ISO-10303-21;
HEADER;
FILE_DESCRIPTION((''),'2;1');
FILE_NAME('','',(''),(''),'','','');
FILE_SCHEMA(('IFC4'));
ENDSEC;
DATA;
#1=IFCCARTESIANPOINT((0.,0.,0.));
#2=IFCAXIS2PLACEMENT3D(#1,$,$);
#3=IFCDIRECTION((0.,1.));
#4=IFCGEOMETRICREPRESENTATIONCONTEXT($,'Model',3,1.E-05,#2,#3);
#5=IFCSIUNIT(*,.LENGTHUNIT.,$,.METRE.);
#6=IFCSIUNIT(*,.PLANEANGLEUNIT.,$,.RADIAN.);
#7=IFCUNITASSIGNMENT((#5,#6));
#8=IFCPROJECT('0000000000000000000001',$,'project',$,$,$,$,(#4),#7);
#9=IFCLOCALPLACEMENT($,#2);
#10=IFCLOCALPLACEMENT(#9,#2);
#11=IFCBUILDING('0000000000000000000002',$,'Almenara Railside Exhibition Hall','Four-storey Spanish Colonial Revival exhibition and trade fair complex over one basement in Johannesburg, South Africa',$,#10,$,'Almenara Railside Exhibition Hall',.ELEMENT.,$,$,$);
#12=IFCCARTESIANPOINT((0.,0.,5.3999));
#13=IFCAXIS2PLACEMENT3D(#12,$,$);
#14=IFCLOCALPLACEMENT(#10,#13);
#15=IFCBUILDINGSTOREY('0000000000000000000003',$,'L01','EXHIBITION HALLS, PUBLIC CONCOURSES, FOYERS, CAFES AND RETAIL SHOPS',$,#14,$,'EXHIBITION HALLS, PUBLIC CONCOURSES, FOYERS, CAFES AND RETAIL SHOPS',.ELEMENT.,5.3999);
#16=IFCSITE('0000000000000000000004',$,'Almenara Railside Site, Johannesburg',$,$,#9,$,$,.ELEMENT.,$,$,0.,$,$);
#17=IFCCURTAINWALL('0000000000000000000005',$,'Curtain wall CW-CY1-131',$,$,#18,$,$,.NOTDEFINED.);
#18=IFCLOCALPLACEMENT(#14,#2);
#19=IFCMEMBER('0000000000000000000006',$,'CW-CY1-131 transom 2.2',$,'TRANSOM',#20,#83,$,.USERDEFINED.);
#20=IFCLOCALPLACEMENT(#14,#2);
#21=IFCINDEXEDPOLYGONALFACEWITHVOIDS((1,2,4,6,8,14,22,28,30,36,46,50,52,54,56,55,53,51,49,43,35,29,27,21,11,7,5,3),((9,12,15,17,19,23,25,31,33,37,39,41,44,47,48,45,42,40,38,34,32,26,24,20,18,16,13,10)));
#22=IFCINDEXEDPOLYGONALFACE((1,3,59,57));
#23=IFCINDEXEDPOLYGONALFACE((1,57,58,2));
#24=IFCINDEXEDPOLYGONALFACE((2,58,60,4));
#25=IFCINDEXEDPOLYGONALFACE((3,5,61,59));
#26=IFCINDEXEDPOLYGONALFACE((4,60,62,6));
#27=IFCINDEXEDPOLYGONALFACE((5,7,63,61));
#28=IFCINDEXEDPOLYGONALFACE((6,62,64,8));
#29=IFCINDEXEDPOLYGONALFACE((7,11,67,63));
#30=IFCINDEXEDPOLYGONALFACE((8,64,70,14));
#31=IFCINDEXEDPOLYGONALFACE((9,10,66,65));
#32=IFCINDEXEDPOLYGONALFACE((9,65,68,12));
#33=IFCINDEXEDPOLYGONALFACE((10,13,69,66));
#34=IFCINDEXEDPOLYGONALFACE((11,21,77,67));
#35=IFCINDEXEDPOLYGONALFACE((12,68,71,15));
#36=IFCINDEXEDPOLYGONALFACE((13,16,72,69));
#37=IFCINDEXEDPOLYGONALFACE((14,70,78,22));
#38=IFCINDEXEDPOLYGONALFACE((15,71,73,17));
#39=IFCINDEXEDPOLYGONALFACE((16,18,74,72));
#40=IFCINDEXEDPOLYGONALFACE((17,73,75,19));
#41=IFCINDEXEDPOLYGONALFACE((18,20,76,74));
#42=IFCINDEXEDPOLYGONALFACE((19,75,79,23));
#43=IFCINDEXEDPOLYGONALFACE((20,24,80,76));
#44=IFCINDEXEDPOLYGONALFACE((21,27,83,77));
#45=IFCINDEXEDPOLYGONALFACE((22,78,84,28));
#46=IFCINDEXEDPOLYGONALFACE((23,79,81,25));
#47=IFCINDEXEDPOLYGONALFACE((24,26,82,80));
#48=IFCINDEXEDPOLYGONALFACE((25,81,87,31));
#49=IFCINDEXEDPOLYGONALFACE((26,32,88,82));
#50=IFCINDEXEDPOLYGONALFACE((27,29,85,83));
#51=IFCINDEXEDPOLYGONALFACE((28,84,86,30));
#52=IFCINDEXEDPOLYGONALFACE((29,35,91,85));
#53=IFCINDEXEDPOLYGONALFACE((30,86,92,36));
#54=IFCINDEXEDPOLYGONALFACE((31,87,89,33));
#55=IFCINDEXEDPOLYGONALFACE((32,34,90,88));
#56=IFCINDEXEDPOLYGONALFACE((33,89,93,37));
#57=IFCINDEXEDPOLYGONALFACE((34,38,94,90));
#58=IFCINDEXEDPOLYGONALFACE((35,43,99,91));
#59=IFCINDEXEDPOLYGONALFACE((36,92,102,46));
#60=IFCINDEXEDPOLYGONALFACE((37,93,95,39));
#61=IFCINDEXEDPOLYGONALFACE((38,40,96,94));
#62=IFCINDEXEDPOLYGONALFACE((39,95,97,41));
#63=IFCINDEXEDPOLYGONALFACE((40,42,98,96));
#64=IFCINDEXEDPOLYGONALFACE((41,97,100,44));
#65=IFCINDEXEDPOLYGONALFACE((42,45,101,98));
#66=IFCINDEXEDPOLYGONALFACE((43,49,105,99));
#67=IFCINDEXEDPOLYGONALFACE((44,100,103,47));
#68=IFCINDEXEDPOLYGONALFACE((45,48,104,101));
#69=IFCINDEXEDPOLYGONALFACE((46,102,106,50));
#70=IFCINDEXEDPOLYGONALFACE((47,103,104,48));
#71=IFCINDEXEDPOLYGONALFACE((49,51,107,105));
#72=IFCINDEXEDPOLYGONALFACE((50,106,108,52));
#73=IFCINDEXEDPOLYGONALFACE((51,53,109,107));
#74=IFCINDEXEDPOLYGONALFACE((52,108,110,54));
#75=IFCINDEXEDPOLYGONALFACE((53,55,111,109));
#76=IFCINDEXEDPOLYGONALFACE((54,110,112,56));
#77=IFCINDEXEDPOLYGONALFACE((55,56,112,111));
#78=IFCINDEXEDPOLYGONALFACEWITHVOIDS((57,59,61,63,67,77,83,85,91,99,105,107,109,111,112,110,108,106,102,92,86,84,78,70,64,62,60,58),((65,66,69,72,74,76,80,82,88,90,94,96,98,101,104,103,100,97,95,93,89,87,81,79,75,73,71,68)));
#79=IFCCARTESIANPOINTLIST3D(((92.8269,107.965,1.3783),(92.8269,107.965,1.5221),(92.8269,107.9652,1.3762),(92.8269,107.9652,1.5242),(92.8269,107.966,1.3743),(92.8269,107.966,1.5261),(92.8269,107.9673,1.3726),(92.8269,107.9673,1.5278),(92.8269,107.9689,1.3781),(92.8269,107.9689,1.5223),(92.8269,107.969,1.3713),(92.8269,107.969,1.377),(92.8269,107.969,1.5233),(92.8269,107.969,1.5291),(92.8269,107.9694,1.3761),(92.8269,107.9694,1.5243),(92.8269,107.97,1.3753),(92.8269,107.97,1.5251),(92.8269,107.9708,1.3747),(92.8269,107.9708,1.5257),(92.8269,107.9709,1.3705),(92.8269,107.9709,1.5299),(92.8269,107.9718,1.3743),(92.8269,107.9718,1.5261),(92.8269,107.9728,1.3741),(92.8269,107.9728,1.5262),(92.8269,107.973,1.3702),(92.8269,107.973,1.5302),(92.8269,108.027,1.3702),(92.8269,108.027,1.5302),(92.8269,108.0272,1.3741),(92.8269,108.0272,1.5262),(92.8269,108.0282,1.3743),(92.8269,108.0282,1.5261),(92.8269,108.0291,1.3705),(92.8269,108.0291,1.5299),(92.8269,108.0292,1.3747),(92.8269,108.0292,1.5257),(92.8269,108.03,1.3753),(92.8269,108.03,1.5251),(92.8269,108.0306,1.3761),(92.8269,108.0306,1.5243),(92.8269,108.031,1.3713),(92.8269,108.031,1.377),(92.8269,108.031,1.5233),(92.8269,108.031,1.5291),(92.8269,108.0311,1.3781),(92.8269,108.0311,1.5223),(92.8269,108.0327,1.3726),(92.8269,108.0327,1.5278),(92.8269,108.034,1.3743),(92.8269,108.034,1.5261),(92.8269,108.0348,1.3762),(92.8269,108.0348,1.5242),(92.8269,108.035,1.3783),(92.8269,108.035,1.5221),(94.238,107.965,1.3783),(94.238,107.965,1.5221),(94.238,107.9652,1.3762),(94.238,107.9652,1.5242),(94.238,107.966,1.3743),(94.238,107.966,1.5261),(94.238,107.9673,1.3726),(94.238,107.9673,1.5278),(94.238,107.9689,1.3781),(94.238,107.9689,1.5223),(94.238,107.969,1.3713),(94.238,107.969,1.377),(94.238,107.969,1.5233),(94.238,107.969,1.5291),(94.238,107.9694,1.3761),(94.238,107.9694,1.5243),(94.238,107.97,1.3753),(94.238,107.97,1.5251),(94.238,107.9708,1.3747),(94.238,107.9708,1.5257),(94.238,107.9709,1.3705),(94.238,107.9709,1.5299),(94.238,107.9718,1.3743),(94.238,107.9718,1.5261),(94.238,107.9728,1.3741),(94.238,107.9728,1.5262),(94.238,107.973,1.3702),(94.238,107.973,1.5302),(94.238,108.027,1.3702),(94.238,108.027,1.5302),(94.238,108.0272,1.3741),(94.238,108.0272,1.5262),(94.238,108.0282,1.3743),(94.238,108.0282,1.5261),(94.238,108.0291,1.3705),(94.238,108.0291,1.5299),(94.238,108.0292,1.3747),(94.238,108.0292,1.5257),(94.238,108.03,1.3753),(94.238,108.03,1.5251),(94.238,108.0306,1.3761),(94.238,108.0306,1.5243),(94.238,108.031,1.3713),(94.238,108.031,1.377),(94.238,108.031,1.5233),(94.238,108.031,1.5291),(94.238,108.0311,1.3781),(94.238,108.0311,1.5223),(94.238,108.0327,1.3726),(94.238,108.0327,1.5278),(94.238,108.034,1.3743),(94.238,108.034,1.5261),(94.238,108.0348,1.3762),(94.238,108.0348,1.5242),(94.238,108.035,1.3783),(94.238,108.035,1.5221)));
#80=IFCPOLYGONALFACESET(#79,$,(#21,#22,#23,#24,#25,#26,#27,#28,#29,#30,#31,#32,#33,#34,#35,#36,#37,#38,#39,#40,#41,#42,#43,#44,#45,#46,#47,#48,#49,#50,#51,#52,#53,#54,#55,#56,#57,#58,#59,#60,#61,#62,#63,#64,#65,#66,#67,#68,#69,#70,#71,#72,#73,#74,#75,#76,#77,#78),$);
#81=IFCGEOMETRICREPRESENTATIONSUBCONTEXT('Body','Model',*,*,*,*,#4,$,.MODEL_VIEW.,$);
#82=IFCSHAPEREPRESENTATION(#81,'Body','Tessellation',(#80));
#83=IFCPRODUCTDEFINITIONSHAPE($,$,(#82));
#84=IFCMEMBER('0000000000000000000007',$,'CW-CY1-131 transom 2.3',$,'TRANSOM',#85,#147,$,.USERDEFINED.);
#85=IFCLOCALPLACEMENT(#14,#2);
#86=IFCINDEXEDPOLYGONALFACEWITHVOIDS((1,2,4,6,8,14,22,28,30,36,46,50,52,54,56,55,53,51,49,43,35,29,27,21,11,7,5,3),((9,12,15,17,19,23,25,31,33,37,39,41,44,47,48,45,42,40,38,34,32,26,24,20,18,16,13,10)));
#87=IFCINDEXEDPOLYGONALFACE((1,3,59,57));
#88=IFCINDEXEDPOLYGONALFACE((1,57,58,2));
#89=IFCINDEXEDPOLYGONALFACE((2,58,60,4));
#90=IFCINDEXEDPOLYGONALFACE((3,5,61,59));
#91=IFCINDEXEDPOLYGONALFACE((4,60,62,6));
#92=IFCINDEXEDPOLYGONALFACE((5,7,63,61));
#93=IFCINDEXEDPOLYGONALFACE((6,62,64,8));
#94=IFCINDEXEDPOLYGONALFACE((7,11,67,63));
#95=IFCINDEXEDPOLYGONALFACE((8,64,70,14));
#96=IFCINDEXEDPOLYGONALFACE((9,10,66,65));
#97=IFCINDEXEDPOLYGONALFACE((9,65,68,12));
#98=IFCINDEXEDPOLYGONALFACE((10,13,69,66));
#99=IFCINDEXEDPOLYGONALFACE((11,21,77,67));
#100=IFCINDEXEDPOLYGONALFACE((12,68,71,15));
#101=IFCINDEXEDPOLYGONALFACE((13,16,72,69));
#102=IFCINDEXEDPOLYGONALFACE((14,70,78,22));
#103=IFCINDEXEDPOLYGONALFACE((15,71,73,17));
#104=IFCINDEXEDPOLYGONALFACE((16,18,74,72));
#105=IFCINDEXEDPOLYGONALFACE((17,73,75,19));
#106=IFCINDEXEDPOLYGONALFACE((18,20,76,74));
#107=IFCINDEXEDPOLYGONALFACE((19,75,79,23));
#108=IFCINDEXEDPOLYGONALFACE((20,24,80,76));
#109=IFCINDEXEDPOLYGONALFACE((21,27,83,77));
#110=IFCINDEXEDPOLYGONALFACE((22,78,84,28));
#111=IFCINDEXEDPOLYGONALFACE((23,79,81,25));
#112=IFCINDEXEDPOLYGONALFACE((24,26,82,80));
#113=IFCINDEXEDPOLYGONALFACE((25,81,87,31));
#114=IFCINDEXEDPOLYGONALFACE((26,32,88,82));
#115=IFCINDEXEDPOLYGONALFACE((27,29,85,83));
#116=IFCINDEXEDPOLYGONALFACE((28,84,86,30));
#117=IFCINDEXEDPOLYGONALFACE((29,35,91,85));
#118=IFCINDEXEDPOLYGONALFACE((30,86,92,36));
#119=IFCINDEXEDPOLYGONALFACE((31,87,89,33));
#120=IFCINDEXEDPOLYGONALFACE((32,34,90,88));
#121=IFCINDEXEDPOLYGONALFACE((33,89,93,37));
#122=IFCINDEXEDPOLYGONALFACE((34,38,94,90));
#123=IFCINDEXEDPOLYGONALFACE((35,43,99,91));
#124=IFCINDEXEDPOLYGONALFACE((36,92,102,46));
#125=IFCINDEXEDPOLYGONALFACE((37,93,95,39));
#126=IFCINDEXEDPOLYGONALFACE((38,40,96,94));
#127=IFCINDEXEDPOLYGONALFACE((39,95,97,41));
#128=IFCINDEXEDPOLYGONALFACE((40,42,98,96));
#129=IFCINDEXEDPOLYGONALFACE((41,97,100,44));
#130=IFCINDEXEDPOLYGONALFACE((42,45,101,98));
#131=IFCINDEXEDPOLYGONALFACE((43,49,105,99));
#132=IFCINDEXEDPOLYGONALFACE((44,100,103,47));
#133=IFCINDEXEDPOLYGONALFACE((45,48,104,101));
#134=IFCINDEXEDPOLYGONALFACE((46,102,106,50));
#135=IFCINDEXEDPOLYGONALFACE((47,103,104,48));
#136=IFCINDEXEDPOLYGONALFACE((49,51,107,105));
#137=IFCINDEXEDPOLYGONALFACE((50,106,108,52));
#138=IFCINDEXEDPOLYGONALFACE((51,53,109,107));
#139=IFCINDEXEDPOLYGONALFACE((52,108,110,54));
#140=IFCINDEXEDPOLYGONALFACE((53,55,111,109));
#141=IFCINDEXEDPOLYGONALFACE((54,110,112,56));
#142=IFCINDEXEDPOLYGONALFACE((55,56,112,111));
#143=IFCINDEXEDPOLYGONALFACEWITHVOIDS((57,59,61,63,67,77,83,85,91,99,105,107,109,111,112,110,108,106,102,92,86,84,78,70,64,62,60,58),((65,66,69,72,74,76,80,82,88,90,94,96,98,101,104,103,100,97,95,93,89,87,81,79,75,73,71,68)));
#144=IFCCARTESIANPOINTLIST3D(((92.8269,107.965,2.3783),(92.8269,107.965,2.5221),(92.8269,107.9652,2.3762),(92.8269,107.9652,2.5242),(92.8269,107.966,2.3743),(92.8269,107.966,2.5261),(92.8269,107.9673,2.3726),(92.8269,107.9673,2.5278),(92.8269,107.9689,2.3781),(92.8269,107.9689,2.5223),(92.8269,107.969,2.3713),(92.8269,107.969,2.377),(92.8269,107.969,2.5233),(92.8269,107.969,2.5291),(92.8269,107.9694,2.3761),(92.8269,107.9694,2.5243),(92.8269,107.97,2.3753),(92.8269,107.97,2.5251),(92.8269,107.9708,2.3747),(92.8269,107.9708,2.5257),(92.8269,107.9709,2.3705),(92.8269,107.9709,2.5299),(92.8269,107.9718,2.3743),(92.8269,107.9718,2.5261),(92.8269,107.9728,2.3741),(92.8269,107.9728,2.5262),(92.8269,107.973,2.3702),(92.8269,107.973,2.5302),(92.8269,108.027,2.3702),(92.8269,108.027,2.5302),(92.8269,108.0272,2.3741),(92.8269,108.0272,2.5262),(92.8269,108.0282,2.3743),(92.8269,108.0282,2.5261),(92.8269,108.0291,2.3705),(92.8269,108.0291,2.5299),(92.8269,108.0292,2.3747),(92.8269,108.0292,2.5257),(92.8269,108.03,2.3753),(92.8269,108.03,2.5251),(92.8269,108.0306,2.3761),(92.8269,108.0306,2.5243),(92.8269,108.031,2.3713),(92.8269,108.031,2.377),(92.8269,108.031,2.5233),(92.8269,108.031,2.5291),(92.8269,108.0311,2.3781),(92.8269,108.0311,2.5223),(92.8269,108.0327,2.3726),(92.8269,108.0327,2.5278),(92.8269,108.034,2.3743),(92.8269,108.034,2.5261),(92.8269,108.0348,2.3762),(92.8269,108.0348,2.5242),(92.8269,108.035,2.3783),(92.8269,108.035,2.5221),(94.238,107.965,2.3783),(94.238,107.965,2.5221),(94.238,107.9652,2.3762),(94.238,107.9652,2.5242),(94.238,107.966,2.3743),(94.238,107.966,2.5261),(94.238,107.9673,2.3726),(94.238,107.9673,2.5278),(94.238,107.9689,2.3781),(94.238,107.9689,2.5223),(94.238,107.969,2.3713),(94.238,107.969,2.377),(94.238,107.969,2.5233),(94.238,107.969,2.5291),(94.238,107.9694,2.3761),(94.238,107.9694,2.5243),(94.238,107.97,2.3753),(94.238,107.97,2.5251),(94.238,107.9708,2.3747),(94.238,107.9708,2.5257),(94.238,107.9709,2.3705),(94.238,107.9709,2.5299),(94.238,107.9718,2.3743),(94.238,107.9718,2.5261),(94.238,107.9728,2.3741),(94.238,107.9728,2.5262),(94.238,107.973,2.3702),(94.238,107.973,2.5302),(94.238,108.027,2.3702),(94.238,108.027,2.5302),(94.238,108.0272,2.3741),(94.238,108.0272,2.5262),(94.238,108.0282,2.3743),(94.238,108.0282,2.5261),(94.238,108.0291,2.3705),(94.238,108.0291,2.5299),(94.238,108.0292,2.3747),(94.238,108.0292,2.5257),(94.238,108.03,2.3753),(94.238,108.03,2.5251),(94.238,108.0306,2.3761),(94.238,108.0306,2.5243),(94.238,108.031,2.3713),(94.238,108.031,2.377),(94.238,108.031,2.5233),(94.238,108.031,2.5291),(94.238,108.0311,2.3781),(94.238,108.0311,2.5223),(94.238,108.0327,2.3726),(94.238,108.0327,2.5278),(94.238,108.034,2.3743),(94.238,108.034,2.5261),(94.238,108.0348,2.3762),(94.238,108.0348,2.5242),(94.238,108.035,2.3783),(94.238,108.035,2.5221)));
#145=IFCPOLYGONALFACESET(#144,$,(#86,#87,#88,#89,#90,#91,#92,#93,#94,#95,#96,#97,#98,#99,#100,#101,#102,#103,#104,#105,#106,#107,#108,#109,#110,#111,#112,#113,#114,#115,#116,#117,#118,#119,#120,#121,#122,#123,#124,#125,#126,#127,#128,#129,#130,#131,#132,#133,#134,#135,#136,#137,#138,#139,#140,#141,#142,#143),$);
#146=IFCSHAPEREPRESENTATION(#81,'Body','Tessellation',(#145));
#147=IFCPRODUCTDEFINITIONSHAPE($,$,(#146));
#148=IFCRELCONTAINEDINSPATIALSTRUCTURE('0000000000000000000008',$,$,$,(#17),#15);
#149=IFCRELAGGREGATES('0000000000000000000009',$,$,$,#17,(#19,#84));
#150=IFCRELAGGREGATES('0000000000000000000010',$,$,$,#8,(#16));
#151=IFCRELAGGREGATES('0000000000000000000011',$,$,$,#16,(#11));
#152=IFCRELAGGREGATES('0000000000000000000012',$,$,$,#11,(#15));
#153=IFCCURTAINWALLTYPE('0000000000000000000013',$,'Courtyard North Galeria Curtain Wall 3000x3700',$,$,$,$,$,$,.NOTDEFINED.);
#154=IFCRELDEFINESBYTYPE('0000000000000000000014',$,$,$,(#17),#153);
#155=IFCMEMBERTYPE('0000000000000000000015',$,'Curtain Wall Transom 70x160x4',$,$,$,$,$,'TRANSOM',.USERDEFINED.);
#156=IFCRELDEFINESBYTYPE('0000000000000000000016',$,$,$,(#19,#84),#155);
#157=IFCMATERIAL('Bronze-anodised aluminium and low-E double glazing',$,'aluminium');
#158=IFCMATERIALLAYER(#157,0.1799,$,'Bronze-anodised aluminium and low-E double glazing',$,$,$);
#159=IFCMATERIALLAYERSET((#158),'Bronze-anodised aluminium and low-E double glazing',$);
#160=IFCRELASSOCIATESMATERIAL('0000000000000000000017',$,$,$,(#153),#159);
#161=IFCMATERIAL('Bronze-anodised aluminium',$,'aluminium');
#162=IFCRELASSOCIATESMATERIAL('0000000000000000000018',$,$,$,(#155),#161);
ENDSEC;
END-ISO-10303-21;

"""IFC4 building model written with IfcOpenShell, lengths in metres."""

from ifc_helpers import new_model, si_unit, direction, frame, origin, origin_2d, place, context, subcontext, project, spatial, hollow_rectangle, extrude, material, layer, layer_set, material_profile, profile_set, type_object, element, aggregate, save


model = new_model("IFC4")

# Units and contexts
model_context = context("Model", 3, precision=1e-05, world=origin(), true_north=direction((0.0, 1.0)))
body_context = subcontext(model_context, "Body", "Model", "MODEL_VIEW")
ifc_project = project(units=[si_unit("LENGTHUNIT", "METRE"), si_unit("PLANEANGLEUNIT", "RADIAN")], contexts=[model_context])

# Site, building, storey
site_placement = place(None, origin())
site = spatial("IfcSite", under=ifc_project, at=site_placement, Name="Almenara Railside Site, Johannesburg", CompositionType="ELEMENT", RefElevation=0.0)
building_placement = place(site_placement, origin())
building = spatial("IfcBuilding", under=site, at=building_placement, Name="Almenara Railside Exhibition Hall", Description="Four-storey Spanish Colonial Revival exhibition and trade fair complex over one basement in Johannesburg, South Africa", LongName="Almenara Railside Exhibition Hall", CompositionType="ELEMENT")
storey_placement = place(building_placement, frame((0.0, 0.0, 5.3999)))
storey = spatial("IfcBuildingStorey", under=building, at=storey_placement, Name="L01", Description="EXHIBITION HALLS, PUBLIC CONCOURSES, FOYERS, CAFES AND RETAIL SHOPS", LongName="EXHIBITION HALLS, PUBLIC CONCOURSES, FOYERS, CAFES AND RETAIL SHOPS", CompositionType="ELEMENT", Elevation=5.3999)

# Shared definitions
ifc_material_1 = material(Name="Bronze-anodised aluminium and low-E double glazing", Category="aluminium")
ifc_layer_1 = layer(ifc_material_1, 0.1799, Name="Bronze-anodised aluminium and low-E double glazing")
ifc_layer_set_1 = layer_set([ifc_layer_1], Name="Bronze-anodised aluminium and low-E double glazing")
curtain_wall_type = type_object("IfcCurtainWallType", Name="Courtyard North Galeria Curtain Wall 3000x3700", PredefinedType="NOTDEFINED", material=ifc_layer_set_1)
ifc_material_2 = material(Name="Bronze-anodised aluminium", Category="aluminium")

# Curtain wall
curtain_wall_1_placement = place(storey_placement, origin())
curtain_wall_1 = element("IfcCurtainWall", 1, at=curtain_wall_1_placement, inside=storey, type_object=curtain_wall_type, Name="Curtain wall CW-CY1-131", PredefinedType="NOTDEFINED")

# Members
ifc_material_profile_1 = material_profile(ifc_material_2, hollow_rectangle(XDim=0.0701, YDim=0.1599, WallThickness=0.0039, InnerFilletRadius=0.0039, OuterFilletRadius=0.0081, at=origin_2d()), Name="ALU-TRN 70x160x4")
ifc_profile_set_1 = profile_set([ifc_material_profile_1], Name="Bronze-anodised aluminium")
member_type_1 = type_object("IfcMemberType", Name="Curtain Wall Transom 70x160x4", ElementType="TRANSOM", PredefinedType="USERDEFINED", material=ifc_profile_set_1)
member_1_placement = place(storey_placement, frame((92.8269, 108.0, 1.4502), z_axis=(1.0, 0.0, 0.0), x_axis=(0.0, 1.0, 0.0)))
member_1 = element("IfcMember", 2, at=member_1_placement, type_object=member_type_1, Name="CW-CY1-131 transom 2.2", ObjectType="TRANSOM", PredefinedType="USERDEFINED", context=body_context, shape_type="SweptSolid", body=[
    extrude(hollow_rectangle(XDim=0.0701, YDim=0.1599, WallThickness=0.0039, InnerFilletRadius=0.0039, OuterFilletRadius=0.0081, at=origin_2d()), origin(), (0.0, 0.0, 1.0), 1.4111),
])
member_2_placement = place(storey_placement, frame((92.8269, 108.0, 2.4502), z_axis=(1.0, 0.0, 0.0), x_axis=(0.0, 1.0, 0.0)))
member_2 = element("IfcMember", 3, at=member_2_placement, type_object=member_type_1, Name="CW-CY1-131 transom 2.3", ObjectType="TRANSOM", PredefinedType="USERDEFINED", context=body_context, shape_type="SweptSolid", body=[
    extrude(hollow_rectangle(XDim=0.0701, YDim=0.1599, WallThickness=0.0039, InnerFilletRadius=0.0039, OuterFilletRadius=0.0081, at=origin_2d()), origin(), (0.0, 0.0, 1.0), 1.4111),
])

aggregate(curtain_wall_1, [member_1, member_2])

save(model, "model.ifc")
